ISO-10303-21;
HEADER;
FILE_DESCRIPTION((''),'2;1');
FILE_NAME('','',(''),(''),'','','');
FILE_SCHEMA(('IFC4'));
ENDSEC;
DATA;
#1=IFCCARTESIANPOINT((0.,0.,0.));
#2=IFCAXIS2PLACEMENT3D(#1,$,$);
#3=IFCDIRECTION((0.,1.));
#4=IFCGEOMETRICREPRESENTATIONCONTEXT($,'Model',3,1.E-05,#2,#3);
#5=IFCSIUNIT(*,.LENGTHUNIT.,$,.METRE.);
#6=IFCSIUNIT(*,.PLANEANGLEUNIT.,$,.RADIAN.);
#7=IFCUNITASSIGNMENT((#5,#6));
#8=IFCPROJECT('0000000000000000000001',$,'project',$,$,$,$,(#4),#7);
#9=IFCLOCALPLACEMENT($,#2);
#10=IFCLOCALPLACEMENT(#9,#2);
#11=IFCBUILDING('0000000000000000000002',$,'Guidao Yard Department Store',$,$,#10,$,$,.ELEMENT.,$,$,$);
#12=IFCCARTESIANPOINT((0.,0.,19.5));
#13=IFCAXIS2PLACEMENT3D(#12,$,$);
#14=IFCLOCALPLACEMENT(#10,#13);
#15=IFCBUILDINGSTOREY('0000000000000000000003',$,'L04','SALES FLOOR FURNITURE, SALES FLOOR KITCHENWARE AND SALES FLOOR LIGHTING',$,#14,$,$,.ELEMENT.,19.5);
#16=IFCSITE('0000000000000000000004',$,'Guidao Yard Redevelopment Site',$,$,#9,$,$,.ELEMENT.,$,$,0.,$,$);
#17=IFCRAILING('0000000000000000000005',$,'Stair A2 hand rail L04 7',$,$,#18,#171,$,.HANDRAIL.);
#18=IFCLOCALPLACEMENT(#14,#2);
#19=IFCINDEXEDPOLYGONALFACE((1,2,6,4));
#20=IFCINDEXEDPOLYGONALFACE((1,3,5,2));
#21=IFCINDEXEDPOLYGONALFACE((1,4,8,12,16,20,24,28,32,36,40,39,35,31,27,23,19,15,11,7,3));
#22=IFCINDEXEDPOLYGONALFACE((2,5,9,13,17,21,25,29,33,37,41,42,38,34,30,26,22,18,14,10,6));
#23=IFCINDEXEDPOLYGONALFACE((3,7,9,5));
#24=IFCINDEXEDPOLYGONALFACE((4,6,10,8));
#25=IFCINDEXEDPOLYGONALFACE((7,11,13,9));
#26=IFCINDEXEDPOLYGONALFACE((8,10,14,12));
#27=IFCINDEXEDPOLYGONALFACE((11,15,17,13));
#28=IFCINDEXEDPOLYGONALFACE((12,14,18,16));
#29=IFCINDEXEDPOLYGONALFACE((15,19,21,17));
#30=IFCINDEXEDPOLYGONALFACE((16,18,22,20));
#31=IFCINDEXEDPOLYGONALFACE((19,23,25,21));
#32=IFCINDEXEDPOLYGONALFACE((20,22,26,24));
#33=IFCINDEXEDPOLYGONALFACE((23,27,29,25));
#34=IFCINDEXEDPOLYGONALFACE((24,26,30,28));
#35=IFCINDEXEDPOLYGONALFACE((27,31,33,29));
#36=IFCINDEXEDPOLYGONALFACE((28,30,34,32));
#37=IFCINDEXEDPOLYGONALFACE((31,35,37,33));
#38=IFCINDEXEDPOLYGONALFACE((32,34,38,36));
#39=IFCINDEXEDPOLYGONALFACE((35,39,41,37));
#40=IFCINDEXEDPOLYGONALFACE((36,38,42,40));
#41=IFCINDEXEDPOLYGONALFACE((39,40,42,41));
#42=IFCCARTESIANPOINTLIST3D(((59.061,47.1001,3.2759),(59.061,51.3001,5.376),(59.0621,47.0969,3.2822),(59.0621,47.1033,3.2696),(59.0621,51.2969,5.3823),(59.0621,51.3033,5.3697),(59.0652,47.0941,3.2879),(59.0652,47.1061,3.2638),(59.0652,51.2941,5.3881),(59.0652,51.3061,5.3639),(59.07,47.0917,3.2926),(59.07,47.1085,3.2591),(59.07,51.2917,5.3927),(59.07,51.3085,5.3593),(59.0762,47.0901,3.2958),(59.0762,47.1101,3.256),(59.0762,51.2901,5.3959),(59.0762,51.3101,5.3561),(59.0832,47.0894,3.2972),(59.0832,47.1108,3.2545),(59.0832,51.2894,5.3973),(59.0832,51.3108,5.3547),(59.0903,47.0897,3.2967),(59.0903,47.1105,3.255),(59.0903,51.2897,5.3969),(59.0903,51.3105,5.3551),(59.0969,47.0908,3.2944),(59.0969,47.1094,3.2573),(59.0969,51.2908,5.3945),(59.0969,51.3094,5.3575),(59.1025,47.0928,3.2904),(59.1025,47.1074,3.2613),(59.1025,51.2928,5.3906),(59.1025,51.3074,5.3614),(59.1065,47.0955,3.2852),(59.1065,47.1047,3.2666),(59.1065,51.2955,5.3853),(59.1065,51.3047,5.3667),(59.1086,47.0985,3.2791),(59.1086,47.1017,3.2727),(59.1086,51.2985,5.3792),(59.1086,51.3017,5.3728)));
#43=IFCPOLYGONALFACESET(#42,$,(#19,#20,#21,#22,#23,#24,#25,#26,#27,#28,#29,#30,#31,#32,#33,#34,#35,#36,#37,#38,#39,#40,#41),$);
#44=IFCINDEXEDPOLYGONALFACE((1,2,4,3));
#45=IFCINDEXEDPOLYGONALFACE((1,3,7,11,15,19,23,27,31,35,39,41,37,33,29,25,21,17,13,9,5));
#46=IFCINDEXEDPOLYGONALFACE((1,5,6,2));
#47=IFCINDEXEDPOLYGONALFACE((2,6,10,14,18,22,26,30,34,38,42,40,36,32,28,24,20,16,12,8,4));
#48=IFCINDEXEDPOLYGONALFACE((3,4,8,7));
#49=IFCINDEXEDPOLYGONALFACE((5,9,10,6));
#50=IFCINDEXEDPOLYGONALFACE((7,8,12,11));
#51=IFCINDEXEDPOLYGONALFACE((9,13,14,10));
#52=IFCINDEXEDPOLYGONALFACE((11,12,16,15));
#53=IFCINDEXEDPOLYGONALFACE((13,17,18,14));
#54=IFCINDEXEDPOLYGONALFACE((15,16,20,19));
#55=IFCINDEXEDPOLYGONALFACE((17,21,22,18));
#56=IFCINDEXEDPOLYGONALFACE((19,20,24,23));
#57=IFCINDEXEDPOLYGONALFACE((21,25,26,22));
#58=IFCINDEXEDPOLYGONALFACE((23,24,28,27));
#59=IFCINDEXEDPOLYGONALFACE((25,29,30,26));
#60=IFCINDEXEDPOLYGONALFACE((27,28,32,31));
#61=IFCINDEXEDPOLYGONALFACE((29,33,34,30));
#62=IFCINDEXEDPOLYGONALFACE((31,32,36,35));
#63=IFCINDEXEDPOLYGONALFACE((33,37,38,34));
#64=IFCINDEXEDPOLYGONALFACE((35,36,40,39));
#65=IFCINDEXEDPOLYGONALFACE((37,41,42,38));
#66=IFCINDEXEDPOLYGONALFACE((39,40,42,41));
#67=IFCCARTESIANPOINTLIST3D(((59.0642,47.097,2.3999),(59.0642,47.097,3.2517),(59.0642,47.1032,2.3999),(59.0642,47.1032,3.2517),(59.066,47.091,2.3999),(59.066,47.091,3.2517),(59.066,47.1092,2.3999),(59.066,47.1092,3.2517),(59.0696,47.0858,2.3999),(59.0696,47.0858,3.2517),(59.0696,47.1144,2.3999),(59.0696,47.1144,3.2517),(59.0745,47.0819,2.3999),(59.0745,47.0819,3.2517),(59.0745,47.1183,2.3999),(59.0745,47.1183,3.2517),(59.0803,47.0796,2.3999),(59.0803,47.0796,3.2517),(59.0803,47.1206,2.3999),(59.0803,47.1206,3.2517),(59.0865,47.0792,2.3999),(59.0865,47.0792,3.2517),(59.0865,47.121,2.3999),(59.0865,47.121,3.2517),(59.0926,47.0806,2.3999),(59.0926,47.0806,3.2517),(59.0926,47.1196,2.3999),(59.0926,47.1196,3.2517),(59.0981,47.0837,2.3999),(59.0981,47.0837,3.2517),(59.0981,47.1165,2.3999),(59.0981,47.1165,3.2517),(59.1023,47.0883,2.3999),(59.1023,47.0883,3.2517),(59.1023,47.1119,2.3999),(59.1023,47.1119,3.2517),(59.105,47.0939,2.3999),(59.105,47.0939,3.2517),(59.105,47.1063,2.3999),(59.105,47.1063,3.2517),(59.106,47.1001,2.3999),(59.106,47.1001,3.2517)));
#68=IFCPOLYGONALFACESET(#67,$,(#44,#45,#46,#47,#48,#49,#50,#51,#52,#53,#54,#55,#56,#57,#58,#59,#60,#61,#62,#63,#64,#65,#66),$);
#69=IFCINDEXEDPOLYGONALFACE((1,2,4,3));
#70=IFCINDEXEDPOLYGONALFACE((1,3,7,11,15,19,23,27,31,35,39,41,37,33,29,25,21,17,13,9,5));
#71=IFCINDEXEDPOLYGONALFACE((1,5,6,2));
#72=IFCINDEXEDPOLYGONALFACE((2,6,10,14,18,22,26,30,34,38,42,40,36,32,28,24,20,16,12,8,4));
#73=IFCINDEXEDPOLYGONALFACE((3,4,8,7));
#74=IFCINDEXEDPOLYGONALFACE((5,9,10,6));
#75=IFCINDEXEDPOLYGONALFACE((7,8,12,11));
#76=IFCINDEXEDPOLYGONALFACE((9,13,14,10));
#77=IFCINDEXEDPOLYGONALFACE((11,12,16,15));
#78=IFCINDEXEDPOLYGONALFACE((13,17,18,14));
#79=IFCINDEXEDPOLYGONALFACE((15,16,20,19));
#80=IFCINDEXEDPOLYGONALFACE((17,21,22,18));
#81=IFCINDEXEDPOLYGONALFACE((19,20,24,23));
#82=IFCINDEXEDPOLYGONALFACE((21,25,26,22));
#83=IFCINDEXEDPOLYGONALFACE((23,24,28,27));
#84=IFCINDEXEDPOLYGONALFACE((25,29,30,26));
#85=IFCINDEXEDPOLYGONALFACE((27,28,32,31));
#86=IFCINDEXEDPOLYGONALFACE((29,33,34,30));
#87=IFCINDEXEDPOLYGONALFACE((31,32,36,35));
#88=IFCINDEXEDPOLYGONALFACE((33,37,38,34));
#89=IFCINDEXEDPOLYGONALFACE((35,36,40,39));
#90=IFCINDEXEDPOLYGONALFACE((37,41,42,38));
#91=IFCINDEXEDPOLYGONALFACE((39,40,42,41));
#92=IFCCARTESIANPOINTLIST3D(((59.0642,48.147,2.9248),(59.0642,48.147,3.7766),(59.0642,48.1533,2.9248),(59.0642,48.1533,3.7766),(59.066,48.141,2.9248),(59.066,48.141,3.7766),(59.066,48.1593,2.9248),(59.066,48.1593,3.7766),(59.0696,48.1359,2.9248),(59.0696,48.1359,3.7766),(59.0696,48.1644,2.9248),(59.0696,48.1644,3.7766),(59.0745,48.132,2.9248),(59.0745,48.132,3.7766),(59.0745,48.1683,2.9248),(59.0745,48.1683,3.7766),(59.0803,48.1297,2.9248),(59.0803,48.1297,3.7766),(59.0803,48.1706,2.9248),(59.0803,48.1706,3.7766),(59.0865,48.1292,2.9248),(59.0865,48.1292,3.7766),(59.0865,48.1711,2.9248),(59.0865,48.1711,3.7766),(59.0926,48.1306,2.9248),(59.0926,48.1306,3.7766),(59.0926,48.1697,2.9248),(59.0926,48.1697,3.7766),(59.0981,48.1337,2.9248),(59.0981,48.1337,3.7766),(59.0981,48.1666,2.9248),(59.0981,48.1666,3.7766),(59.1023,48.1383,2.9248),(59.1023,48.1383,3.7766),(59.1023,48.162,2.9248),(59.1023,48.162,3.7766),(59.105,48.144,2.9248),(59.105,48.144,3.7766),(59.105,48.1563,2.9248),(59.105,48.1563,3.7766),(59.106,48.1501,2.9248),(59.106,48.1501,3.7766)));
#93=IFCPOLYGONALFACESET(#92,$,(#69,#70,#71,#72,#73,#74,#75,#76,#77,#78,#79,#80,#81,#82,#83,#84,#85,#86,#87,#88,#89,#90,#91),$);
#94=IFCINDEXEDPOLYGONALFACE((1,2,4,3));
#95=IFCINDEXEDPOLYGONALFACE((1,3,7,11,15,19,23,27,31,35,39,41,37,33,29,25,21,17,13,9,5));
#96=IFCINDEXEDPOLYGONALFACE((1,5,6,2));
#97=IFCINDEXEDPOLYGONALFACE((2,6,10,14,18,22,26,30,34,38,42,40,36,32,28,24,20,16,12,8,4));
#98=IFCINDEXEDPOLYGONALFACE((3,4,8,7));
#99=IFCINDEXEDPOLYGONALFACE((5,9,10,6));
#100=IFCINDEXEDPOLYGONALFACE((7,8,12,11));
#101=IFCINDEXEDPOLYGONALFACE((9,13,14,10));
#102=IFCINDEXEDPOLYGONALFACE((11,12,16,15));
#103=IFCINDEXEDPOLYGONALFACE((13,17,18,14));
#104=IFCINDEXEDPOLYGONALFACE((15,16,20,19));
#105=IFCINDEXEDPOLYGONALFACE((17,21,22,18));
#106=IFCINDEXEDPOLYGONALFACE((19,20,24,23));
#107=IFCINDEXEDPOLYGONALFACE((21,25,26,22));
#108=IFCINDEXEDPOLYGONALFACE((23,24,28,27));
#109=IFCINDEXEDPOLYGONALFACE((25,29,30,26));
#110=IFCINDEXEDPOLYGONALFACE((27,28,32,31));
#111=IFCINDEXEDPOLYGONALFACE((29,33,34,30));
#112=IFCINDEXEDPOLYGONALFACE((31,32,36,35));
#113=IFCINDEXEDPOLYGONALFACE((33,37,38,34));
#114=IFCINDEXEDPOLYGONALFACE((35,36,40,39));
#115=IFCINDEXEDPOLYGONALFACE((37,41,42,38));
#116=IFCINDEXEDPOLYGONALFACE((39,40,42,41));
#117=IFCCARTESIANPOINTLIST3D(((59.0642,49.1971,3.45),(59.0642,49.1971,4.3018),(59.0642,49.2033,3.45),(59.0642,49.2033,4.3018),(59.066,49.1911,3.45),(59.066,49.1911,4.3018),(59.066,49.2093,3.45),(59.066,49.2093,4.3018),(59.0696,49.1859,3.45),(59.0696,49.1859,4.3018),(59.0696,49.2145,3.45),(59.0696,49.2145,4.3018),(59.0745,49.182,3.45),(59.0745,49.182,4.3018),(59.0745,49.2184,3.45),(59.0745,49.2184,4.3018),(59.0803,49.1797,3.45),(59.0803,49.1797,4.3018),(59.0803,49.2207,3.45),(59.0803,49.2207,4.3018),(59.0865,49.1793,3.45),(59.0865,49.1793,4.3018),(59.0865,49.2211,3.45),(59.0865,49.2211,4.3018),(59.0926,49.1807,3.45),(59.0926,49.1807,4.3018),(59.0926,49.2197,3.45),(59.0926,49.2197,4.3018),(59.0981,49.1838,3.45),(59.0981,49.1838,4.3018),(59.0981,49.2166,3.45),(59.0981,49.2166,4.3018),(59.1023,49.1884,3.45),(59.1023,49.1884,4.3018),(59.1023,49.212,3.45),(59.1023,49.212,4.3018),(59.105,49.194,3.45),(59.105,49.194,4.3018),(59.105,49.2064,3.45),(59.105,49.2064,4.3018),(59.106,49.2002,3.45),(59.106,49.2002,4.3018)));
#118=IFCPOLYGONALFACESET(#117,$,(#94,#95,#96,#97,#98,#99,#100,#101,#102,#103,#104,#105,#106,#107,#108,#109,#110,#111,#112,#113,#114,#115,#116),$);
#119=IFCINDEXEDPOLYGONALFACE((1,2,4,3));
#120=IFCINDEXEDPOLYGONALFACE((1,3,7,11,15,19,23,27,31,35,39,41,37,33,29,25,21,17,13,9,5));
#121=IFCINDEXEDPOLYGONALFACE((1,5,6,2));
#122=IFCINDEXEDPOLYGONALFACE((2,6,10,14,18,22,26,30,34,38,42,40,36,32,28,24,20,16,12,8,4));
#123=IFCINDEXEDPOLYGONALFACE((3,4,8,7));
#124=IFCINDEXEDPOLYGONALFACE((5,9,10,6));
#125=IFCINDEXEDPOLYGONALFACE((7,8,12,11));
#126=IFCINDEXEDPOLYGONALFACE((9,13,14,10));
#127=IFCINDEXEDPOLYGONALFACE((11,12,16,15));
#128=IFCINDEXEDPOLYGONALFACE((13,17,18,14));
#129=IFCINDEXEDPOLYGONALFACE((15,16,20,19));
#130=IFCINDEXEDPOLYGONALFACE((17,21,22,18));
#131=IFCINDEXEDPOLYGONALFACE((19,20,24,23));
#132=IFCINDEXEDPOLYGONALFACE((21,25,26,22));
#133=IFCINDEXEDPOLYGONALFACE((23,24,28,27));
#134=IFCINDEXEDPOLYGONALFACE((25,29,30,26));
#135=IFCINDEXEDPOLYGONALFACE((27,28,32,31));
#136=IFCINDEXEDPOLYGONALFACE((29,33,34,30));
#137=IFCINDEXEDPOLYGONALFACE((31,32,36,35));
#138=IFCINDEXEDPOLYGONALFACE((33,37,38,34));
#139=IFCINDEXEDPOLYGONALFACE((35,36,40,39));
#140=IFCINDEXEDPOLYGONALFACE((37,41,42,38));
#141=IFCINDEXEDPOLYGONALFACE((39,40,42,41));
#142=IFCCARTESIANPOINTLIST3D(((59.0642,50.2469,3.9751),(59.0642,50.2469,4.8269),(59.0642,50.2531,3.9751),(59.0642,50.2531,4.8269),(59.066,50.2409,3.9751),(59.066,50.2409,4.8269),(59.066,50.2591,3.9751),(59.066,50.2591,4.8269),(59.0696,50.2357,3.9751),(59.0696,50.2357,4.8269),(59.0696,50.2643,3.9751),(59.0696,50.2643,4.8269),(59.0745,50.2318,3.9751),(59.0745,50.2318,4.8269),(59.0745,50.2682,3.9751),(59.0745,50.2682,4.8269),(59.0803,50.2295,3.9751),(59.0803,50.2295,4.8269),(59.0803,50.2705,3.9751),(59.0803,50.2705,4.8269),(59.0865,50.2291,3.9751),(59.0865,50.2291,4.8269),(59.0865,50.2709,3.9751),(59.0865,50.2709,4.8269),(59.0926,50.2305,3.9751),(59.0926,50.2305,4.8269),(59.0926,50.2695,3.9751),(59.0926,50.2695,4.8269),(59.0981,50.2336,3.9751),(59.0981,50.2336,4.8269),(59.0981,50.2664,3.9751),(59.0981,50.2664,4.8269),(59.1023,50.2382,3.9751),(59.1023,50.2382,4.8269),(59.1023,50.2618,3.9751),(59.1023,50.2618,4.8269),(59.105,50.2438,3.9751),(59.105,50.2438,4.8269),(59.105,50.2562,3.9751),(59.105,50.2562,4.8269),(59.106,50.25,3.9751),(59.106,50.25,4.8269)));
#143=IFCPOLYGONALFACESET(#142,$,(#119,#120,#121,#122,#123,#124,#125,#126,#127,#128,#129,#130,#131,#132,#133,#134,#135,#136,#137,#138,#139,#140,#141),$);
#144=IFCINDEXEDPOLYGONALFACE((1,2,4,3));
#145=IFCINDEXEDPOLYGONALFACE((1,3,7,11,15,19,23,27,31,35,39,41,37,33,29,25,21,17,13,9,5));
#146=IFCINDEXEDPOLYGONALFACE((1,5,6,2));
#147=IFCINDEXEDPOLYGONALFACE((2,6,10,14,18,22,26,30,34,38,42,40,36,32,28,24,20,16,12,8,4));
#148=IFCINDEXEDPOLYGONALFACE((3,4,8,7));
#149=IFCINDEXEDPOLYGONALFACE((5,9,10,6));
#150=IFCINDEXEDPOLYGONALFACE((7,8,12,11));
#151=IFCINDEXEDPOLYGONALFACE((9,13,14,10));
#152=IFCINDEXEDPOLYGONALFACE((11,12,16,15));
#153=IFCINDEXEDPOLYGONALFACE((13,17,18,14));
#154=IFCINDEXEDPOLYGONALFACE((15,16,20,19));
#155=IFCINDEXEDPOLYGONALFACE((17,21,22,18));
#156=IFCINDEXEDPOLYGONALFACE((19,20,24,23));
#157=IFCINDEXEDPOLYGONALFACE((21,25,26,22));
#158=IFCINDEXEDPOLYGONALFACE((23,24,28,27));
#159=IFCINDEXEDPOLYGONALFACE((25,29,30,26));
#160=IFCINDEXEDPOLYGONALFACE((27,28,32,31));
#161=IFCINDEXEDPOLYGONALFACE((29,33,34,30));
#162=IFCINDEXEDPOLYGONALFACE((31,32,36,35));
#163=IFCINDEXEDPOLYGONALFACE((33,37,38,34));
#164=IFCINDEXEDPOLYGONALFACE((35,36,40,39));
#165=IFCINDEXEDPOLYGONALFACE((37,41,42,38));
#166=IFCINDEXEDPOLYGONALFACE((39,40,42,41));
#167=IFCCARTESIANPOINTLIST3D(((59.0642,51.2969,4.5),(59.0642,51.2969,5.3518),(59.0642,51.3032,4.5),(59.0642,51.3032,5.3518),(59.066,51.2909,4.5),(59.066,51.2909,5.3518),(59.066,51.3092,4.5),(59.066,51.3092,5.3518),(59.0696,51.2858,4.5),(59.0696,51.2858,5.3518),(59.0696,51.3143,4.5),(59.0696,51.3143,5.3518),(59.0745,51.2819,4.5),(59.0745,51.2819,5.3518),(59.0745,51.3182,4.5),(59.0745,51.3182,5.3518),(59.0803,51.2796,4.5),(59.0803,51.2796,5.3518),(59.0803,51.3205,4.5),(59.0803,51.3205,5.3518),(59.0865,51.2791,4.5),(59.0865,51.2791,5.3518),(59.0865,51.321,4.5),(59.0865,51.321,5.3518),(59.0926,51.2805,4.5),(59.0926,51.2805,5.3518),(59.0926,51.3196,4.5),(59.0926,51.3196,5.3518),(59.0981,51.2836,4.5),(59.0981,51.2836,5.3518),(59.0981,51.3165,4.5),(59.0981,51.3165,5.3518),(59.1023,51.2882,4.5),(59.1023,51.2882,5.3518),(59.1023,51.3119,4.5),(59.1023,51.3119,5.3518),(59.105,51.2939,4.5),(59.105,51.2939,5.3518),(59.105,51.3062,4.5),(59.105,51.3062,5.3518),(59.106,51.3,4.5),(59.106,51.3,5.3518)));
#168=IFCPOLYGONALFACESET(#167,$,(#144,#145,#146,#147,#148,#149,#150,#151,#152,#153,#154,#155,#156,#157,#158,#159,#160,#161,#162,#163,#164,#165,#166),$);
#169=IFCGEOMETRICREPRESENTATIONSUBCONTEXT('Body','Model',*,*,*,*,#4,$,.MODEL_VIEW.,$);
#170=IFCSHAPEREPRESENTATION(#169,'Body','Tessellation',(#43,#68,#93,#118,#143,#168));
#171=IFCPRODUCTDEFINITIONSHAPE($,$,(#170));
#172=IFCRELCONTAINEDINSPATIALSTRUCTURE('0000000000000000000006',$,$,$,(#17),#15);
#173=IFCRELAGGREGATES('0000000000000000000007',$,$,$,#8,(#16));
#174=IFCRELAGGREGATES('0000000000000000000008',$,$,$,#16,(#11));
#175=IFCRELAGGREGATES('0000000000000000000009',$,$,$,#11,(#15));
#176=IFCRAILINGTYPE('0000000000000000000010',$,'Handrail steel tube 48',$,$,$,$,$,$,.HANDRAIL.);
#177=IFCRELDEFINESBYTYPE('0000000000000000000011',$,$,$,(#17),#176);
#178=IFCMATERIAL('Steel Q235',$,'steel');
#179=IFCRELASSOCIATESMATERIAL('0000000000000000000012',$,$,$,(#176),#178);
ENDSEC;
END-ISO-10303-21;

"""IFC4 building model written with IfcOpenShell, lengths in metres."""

from ifc_helpers import new_model, si_unit, direction, frame, origin, origin_2d, place, context, subcontext, project, spatial, circle, extrude, material, type_object, element, save


model = new_model("IFC4")

# Units and contexts
model_context = context("Model", 3, precision=1e-05, world=origin(), true_north=direction((0.0, 1.0)))
body_context = subcontext(model_context, "Body", "Model", "MODEL_VIEW")
ifc_project = project(units=[si_unit("LENGTHUNIT", "METRE"), si_unit("PLANEANGLEUNIT", "RADIAN")], contexts=[model_context])

# Site, building, storey
site_placement = place(None, origin())
site = spatial("IfcSite", under=ifc_project, at=site_placement, Name="Guidao Yard Redevelopment Site", CompositionType="ELEMENT", RefElevation=0.0)
building_placement = place(site_placement, origin())
building = spatial("IfcBuilding", under=site, at=building_placement, Name="Guidao Yard Department Store", CompositionType="ELEMENT")
storey_placement = place(building_placement, frame((0.0, 0.0, 19.5)))
storey = spatial("IfcBuildingStorey", under=building, at=storey_placement, Name="L04", Description="SALES FLOOR FURNITURE, SALES FLOOR KITCHENWARE AND SALES FLOOR LIGHTING", CompositionType="ELEMENT", Elevation=19.5)

# Railing
ifc_material_1 = material(Name="Steel Q235", Category="steel")
railing_type_1 = type_object("IfcRailingType", Name="Handrail steel tube 48", PredefinedType="HANDRAIL", material=ifc_material_1)
for number, where, name in (
    (1, (59.085, 47.1001, 2.3999), "Stair A2 hand rail L04 7"),
):
    element("IfcRailing", number, at=place(storey_placement, frame(where)), inside=storey, type_object=railing_type_1, Name=name, PredefinedType="HANDRAIL", context=body_context, shape_type="SweptSolid", body=[
        extrude(circle(Radius=0.0239, at=origin_2d()), frame((0.0, 0.0, 0.876), z_axis=(0.0, 0.894417, 0.447234), x_axis=(-1.0, 0.0, 0.0)), (0.0, 0.0, 1.0), 4.6958),
        extrude(circle(Radius=0.021, at=origin_2d()), origin(), (0.0, 0.0, 1.0), 0.8518),
        extrude(circle(Radius=0.021, at=origin_2d()), frame((0.0, 1.05, 0.5249)), (0.0, 0.0, 1.0), 0.8518),
        extrude(circle(Radius=0.021, at=origin_2d()), frame((0.0, 2.1001, 1.05)), (0.0, 0.0, 1.0), 0.8518),
        extrude(circle(Radius=0.021, at=origin_2d()), frame((0.0, 3.1499, 1.5752)), (0.0, 0.0, 1.0), 0.8518),
        extrude(circle(Radius=0.021, at=origin_2d()), frame((0.0, 4.2, 2.1001)), (0.0, 0.0, 1.0), 0.8518),
    ])

save(model, "model.ifc")
